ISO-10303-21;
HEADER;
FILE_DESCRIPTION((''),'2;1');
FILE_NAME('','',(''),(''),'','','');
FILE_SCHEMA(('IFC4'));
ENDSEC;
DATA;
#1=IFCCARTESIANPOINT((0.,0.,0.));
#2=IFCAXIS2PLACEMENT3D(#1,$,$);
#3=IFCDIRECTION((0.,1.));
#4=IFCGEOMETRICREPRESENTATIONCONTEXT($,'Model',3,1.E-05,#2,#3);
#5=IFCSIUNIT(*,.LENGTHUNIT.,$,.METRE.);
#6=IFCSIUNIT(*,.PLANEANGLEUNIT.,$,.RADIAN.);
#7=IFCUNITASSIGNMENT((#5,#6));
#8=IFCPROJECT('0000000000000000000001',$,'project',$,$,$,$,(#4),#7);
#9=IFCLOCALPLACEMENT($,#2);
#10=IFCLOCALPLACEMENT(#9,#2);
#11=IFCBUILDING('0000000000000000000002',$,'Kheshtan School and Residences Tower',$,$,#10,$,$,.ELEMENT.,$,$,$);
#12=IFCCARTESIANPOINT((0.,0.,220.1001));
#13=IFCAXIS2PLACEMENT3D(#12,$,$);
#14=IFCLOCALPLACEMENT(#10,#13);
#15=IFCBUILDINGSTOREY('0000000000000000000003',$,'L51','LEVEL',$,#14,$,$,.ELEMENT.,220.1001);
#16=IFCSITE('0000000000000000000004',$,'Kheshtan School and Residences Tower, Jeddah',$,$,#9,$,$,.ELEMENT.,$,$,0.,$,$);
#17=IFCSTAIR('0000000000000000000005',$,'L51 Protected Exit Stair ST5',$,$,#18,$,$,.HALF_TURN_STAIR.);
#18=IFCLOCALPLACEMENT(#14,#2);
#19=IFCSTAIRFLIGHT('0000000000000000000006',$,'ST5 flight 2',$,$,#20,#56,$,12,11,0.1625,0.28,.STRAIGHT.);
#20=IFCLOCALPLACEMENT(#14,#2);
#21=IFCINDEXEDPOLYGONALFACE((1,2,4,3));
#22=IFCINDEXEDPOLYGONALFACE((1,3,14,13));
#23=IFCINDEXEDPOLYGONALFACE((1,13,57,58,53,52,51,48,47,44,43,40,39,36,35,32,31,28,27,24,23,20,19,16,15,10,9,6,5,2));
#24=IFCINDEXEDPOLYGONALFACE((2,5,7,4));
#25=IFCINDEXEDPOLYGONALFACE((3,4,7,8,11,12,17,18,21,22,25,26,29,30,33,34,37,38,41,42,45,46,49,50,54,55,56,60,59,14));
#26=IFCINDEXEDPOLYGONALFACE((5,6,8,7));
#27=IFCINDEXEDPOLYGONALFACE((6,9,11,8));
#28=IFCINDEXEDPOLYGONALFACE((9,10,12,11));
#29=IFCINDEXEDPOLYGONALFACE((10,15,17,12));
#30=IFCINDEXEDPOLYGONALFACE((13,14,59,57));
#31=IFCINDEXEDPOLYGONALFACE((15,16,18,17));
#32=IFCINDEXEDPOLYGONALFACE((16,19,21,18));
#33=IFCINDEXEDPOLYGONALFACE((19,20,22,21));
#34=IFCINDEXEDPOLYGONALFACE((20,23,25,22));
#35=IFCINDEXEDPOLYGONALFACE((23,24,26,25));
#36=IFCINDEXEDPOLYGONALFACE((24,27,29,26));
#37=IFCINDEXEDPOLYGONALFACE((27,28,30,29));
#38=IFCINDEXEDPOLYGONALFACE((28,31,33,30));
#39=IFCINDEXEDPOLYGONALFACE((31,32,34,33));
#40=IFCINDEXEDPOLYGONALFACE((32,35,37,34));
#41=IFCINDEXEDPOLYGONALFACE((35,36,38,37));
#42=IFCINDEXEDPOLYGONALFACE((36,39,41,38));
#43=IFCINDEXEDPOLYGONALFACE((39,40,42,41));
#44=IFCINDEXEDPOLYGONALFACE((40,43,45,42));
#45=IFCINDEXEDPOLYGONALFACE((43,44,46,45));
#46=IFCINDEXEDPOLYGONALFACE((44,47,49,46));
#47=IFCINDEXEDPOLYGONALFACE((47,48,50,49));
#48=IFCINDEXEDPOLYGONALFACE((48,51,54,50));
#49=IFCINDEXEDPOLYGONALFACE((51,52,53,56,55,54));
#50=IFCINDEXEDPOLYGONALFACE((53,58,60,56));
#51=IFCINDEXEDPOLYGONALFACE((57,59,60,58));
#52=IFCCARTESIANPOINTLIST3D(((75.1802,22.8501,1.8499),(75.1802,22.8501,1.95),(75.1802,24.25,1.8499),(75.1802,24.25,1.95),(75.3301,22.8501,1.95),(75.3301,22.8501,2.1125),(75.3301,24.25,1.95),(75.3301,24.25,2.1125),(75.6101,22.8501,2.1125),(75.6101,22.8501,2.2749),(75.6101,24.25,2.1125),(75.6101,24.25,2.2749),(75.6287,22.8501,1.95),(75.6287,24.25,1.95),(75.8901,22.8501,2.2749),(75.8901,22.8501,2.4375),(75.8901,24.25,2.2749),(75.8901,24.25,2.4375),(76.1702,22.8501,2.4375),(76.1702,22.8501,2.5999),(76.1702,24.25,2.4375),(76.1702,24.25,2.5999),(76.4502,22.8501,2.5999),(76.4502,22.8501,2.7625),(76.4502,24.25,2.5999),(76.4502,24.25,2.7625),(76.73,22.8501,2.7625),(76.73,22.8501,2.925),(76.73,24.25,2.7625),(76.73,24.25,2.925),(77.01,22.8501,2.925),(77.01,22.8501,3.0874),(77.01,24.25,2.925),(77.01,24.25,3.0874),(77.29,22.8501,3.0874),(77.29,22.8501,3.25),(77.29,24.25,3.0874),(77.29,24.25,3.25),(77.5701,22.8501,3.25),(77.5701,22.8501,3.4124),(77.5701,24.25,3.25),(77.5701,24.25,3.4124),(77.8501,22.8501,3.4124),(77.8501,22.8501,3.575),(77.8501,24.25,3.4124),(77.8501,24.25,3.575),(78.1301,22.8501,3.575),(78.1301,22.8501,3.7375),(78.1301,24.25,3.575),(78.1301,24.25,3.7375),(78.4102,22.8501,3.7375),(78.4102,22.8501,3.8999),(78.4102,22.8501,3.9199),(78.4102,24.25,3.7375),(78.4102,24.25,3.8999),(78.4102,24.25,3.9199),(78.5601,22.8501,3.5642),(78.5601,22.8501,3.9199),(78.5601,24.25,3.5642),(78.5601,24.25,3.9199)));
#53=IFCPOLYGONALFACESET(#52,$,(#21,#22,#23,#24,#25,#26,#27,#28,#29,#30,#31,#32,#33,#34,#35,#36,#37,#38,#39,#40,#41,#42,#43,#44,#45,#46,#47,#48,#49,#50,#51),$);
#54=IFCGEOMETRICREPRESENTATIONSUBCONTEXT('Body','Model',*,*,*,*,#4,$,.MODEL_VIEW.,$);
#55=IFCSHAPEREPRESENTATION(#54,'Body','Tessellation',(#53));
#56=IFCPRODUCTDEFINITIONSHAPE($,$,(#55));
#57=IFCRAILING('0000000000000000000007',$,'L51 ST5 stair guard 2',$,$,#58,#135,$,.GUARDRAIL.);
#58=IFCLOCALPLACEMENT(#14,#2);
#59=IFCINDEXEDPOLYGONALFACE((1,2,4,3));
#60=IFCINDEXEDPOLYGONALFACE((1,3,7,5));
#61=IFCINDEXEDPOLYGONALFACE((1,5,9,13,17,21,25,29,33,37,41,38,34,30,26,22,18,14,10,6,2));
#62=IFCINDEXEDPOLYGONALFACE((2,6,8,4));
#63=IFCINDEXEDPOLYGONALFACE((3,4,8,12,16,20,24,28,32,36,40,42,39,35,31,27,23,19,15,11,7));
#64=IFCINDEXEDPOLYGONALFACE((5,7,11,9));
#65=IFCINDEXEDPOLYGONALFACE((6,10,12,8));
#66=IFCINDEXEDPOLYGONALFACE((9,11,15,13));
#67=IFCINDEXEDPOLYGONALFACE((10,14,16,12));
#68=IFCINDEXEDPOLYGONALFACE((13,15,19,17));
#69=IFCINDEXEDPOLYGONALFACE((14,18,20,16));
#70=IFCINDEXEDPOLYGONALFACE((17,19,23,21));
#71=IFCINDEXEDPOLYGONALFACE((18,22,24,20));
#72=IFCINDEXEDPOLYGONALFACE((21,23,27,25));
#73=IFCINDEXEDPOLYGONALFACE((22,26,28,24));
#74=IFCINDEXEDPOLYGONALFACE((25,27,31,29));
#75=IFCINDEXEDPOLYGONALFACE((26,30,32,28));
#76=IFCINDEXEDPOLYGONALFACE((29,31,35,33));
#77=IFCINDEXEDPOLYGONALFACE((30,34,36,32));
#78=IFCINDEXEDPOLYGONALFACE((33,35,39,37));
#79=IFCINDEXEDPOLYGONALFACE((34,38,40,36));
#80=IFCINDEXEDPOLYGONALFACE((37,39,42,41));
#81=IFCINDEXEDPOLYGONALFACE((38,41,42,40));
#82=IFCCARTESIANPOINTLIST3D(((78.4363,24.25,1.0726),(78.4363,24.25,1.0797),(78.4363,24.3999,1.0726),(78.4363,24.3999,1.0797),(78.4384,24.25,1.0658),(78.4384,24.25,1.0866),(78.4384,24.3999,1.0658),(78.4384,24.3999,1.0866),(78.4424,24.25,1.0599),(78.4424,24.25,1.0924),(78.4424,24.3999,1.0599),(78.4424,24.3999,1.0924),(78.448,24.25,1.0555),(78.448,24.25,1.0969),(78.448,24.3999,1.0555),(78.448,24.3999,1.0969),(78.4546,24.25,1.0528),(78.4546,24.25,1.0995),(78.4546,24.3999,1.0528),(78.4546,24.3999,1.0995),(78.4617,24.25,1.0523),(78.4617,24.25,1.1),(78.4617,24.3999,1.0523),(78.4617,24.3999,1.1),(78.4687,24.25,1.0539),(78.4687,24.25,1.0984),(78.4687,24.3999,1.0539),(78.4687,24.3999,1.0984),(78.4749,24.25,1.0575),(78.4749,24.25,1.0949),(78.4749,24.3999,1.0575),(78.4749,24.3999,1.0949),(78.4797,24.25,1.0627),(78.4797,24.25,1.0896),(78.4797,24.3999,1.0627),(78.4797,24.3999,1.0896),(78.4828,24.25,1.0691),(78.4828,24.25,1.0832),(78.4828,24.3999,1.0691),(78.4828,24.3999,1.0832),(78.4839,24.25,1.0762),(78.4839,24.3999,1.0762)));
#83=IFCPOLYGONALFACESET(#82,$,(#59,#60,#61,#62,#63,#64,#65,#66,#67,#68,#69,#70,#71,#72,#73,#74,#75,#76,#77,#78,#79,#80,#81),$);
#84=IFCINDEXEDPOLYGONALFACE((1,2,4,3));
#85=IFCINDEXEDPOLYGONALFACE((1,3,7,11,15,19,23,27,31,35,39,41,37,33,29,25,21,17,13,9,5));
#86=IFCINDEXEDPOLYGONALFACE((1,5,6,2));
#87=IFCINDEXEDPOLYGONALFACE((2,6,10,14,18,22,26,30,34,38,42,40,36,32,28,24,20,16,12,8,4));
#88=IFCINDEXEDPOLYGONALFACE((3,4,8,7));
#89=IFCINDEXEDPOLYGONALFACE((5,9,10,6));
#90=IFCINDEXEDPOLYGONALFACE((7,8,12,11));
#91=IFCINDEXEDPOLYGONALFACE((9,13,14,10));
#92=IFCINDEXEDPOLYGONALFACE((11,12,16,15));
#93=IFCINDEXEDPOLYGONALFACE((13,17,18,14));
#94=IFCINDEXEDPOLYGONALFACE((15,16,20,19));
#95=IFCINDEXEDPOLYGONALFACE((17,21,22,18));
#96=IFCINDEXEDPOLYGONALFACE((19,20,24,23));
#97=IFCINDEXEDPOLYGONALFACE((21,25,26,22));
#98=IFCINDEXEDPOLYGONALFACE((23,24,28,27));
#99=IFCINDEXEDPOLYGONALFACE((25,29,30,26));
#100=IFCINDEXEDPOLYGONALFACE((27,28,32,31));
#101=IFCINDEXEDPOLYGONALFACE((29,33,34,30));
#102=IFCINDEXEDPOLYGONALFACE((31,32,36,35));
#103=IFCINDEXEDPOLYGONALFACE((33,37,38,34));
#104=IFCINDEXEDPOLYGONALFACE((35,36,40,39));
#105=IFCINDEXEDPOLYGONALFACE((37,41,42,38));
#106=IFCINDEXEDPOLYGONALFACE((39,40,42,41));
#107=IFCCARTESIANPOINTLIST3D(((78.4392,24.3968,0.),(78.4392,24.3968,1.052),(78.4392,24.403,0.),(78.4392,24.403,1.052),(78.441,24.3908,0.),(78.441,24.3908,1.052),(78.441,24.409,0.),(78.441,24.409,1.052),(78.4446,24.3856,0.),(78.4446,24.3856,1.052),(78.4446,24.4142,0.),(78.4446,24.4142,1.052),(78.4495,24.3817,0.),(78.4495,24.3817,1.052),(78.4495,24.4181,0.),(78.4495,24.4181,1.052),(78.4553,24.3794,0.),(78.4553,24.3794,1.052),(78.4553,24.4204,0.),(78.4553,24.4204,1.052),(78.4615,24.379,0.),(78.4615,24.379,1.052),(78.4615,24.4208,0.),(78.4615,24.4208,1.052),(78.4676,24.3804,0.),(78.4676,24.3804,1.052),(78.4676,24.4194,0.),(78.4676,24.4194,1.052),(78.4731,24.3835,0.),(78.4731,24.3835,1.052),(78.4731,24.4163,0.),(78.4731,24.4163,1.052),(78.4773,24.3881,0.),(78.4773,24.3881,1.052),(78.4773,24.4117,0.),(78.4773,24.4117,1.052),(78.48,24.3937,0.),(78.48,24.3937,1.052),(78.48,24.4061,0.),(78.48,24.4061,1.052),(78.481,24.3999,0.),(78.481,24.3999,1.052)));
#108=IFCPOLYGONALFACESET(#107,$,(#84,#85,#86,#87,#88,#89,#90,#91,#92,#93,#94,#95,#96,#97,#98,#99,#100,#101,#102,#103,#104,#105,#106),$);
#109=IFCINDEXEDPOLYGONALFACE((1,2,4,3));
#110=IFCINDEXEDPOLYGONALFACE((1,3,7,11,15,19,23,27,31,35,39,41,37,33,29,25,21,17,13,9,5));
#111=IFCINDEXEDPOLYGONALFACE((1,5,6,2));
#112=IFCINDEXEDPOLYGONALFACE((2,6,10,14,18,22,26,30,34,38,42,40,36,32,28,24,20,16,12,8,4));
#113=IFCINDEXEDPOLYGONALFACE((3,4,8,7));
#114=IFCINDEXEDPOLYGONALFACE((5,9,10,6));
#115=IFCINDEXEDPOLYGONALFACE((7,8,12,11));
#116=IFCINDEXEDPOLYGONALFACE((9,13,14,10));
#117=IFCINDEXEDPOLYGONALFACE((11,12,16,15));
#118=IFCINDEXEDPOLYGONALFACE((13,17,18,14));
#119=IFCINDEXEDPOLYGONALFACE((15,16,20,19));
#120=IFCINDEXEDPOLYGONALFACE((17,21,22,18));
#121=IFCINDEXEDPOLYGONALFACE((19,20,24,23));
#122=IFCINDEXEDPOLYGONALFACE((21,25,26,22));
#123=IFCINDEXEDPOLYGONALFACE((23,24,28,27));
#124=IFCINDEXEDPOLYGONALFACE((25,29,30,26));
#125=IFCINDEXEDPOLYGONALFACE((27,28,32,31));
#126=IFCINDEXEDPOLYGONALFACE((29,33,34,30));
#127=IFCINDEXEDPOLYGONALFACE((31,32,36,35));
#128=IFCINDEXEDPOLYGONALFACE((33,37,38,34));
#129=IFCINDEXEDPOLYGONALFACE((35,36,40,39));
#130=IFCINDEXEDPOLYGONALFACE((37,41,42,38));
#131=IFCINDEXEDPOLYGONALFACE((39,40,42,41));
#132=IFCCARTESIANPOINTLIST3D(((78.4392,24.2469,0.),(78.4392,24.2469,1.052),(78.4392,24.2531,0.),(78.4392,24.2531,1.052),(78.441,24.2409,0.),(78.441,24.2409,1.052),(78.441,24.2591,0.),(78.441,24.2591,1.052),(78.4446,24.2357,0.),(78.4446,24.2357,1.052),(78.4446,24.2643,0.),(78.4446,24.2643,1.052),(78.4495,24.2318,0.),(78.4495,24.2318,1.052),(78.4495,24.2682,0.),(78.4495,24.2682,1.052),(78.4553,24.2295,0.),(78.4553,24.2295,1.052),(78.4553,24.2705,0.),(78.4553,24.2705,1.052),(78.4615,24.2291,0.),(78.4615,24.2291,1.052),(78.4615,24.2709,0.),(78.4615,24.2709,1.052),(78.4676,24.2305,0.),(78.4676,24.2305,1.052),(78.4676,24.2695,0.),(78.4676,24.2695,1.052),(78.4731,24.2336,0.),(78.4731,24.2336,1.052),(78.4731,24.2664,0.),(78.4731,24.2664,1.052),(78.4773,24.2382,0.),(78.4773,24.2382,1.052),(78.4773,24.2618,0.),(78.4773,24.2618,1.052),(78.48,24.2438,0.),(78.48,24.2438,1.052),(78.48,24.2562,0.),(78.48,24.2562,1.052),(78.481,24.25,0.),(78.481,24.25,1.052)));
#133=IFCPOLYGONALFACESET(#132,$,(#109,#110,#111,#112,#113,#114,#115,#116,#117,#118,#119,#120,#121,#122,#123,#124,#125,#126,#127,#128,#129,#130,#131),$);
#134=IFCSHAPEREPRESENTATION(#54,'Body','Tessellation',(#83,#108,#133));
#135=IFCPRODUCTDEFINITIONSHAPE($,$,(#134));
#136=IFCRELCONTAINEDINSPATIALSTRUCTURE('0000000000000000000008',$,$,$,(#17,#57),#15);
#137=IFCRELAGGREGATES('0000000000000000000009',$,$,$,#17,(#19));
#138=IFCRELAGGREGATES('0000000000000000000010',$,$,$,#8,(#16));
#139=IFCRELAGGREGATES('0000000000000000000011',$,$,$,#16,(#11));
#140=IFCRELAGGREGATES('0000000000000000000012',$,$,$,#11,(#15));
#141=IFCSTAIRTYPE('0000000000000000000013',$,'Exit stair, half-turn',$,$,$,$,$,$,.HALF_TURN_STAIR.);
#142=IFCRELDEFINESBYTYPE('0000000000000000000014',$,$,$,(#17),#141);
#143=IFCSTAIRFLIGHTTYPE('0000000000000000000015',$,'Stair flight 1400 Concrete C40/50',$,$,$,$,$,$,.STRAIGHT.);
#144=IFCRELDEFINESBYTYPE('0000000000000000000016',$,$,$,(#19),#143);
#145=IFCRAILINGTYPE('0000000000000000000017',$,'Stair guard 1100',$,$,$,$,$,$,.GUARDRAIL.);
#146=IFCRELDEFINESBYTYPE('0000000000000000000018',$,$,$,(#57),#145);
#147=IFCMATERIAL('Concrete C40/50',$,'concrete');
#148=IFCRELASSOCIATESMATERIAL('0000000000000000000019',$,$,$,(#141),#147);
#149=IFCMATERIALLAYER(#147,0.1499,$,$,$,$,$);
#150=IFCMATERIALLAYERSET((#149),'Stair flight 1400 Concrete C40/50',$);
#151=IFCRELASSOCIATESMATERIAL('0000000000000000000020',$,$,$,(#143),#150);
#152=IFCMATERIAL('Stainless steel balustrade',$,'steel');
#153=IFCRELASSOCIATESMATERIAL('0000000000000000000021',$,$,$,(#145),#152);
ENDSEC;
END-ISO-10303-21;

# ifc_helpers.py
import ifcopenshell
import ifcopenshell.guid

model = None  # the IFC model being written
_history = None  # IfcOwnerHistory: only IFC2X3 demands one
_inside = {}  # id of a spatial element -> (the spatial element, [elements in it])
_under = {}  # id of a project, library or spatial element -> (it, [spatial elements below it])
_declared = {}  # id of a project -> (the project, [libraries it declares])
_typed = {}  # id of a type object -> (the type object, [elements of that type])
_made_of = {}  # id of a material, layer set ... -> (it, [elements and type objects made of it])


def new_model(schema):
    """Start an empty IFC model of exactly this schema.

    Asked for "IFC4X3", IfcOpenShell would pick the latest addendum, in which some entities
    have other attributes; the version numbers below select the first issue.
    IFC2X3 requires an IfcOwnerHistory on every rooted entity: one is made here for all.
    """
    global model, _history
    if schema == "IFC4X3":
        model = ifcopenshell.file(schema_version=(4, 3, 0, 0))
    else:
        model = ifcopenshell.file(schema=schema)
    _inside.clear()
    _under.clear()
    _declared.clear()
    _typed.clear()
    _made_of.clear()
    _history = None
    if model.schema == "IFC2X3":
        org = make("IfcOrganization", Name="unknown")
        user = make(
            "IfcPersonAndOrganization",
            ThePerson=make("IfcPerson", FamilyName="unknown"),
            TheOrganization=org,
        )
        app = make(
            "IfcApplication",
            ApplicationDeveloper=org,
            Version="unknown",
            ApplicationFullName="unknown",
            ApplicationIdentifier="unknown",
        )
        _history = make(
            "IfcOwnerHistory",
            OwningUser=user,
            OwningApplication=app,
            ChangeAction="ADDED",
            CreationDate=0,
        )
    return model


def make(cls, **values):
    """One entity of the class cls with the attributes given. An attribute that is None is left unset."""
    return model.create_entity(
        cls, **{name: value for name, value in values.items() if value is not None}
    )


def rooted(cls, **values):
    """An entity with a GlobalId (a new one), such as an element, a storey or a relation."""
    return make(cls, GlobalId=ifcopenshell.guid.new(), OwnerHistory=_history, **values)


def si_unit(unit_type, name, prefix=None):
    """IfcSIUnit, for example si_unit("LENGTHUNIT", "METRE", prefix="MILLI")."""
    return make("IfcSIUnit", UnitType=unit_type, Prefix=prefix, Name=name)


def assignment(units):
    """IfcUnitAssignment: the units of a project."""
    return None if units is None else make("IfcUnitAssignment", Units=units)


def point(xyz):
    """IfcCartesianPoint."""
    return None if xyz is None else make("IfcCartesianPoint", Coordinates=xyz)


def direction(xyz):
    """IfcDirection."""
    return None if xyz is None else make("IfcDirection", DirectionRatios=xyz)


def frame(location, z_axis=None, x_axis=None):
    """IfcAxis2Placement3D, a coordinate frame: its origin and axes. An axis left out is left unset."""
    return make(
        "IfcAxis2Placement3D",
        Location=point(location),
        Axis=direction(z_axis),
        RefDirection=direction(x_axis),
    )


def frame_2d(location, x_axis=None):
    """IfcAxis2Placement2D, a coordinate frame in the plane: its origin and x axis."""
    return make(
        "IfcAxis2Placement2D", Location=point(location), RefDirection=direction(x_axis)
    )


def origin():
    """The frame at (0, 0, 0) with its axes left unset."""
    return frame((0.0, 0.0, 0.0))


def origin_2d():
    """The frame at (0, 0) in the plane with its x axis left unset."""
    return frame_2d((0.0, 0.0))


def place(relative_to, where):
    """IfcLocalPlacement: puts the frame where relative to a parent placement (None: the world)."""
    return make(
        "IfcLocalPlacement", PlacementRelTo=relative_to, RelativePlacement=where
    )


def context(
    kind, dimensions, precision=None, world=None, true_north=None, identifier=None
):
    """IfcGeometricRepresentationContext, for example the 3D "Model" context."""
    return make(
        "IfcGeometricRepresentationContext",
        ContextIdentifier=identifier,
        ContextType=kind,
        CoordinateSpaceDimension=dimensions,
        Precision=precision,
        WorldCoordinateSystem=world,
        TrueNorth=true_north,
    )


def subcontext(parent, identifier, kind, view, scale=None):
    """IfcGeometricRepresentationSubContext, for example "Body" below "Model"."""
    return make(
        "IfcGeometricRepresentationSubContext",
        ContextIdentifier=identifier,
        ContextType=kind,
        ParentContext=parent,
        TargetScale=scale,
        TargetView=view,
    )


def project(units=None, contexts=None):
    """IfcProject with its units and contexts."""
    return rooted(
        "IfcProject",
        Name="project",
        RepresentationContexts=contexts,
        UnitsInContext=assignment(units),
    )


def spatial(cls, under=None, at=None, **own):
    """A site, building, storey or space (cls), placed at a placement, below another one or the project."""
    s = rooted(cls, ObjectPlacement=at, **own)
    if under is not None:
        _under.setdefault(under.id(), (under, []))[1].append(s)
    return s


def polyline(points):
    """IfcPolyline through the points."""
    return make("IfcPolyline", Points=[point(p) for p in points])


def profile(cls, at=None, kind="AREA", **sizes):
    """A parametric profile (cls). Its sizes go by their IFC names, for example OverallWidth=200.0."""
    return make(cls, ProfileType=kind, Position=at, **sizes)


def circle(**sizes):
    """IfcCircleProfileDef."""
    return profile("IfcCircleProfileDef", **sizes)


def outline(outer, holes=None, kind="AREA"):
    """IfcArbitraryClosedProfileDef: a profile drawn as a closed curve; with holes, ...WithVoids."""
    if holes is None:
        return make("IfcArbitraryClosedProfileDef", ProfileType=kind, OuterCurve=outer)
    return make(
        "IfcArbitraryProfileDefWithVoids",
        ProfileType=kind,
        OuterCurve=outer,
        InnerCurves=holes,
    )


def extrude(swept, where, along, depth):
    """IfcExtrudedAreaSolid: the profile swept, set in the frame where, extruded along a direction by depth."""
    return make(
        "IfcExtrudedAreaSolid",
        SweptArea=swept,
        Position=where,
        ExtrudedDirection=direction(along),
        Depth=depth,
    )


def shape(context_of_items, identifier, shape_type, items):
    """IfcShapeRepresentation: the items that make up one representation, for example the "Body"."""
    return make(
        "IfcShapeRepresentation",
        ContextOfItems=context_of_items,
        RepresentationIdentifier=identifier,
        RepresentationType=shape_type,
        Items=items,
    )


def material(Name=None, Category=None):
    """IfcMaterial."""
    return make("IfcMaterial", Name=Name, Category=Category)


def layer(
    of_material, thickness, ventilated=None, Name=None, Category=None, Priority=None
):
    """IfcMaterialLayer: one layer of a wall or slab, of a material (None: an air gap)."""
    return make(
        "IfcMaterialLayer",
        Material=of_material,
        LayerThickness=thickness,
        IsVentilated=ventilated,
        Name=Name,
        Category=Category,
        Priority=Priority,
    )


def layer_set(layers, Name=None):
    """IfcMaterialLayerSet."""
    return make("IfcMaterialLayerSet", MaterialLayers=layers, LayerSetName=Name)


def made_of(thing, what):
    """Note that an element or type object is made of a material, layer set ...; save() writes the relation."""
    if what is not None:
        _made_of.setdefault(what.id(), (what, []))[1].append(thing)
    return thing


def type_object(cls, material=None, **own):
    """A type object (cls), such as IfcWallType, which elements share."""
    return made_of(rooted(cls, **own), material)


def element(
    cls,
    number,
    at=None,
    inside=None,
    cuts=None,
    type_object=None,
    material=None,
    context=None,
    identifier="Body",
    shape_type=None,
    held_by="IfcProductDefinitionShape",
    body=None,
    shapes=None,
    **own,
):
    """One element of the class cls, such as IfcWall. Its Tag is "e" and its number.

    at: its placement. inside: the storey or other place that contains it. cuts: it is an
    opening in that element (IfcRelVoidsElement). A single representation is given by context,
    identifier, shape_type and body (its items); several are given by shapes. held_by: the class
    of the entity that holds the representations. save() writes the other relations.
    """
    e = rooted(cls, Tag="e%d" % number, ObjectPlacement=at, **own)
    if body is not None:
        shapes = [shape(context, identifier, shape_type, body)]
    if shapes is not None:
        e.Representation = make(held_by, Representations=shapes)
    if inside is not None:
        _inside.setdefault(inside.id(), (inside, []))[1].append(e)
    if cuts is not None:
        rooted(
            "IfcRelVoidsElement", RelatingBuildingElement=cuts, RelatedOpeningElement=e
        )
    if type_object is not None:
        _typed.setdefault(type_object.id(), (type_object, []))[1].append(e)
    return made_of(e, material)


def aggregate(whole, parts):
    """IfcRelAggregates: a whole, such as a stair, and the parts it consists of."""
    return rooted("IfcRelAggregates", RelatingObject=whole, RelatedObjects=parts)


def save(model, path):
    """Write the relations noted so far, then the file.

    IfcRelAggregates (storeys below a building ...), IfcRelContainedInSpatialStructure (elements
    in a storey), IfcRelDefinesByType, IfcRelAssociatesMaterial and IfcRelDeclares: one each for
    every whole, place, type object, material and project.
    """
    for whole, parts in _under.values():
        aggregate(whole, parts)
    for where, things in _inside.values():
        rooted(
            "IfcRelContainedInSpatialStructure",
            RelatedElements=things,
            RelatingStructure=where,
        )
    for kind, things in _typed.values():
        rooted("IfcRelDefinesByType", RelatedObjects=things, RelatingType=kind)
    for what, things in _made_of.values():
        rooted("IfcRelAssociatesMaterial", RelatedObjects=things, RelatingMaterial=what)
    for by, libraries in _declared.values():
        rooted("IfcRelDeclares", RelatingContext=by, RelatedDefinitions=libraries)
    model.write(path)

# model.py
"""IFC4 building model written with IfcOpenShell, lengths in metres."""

from ifc_helpers import new_model, si_unit, direction, frame, origin, origin_2d, place, context, subcontext, project, spatial, polyline, circle, outline, extrude, material, layer, layer_set, type_object, element, aggregate, save


model = new_model("IFC4")

# Units and contexts
model_context = context("Model", 3, precision=1e-05, world=origin(), true_north=direction((0.0, 1.0)))
body_context = subcontext(model_context, "Body", "Model", "MODEL_VIEW")
ifc_project = project(units=[si_unit("LENGTHUNIT", "METRE"), si_unit("PLANEANGLEUNIT", "RADIAN")], contexts=[model_context])

# Site, building, storey
site_placement = place(None, origin())
site = spatial("IfcSite", under=ifc_project, at=site_placement, Name="Kheshtan School and Residences Tower, Jeddah", CompositionType="ELEMENT", RefElevation=0.0)
building_placement = place(site_placement, origin())
building = spatial("IfcBuilding", under=site, at=building_placement, Name="Kheshtan School and Residences Tower", CompositionType="ELEMENT")
storey_placement = place(building_placement, frame((0.0, 0.0, 220.1001)))
storey = spatial("IfcBuildingStorey", under=building, at=storey_placement, Name="L51", Description="LEVEL", CompositionType="ELEMENT", Elevation=220.1001)

# Shared definitions
ifc_material_1 = material(Name="Concrete C40/50", Category="concrete")

# Stair, stair flight
stair_type = type_object("IfcStairType", Name="Exit stair, half-turn", PredefinedType="HALF_TURN_STAIR", material=ifc_material_1)
stair_placement = place(storey_placement, origin())
stair = element("IfcStair", 1, at=stair_placement, inside=storey, type_object=stair_type, Name="L51 Protected Exit Stair ST5", PredefinedType="HALF_TURN_STAIR")
ifc_layer_1 = layer(ifc_material_1, 0.1499)
ifc_layer_set_1 = layer_set([ifc_layer_1], Name="Stair flight 1400 Concrete C40/50")
stair_flight_type = type_object("IfcStairFlightType", Name="Stair flight 1400 Concrete C40/50", PredefinedType="STRAIGHT", material=ifc_layer_set_1)
stair_flight_1_placement = place(storey_placement, frame((75.3301, 23.55, 1.95), z_axis=(0.0, 0.0, 1.0), x_axis=(1.0, 0.0, 0.0)))
stair_flight_1 = element("IfcStairFlight", 2, at=stair_flight_1_placement, type_object=stair_flight_type, Name="ST5 flight 2", NumberOfRisers=12, NumberOfTreads=11, PredefinedType="STRAIGHT", RiserHeight=0.1625, TreadLength=0.28, context=body_context, shape_type="SweptSolid", body=[
    extrude(outline(polyline([(-0.1499, -0.1001), (-0.1499, 0.0), (0.0, 0.0), (0.0, 0.1626), (0.28, 0.1626), (0.28, 0.325), (0.5601, 0.325), (0.5601, 0.4875), (0.8401, 0.4875), (0.8401, 0.6499), (1.1201, 0.6499), (1.1201, 0.8125), (1.3999, 0.8125), (1.3999, 0.9751), (1.6799, 0.9751), (1.6799, 1.1375), (1.96, 1.1375), (1.96, 1.3), (2.24, 1.3), (2.24, 1.4624), (2.52, 1.4624), (2.52, 1.625), (2.8, 1.625), (2.8, 1.7876), (3.0801, 1.7876), (3.0801, 1.95), (3.0801, 1.97), (3.23, 1.97), (3.23, 1.6143), (0.2986, 0.0), (-0.1499, -0.1001)])), frame((0.0, 0.7, 0.0), z_axis=(0.0, -1.0, 0.0), x_axis=(1.0, 0.0, 0.0)), (0.0, 0.0, 1.0), 1.3999),
])
aggregate(stair, [stair_flight_1])

# Railing
ifc_material_2 = material(Name="Stainless steel balustrade", Category="steel")
railing_type_1 = type_object("IfcRailingType", Name="Stair guard 1100", PredefinedType="GUARDRAIL", material=ifc_material_2)
railing_1_placement = place(storey_placement, frame((78.46, 24.3999, 0.0)))
element("IfcRailing", 3, at=railing_1_placement, inside=storey, type_object=railing_type_1, Name="L51 ST5 stair guard 2", PredefinedType="GUARDRAIL", context=body_context, shape_type="SweptSolid", body=[
    extrude(circle(Radius=0.0239, at=origin_2d()), frame((0.0, 0.0, 1.0762), z_axis=(0.0, -1.0, 0.0), x_axis=(1.0, 0.0, 0.0)), (0.0, 0.0, 1.0), 0.1499),
    extrude(circle(Radius=0.021, at=origin_2d()), origin(), (0.0, 0.0, 1.0), 1.052),
    extrude(circle(Radius=0.021, at=origin_2d()), frame((0.0, -0.1499, 0.0)), (0.0, 0.0, 1.0), 1.052),
])

save(model, "model.ifc")
